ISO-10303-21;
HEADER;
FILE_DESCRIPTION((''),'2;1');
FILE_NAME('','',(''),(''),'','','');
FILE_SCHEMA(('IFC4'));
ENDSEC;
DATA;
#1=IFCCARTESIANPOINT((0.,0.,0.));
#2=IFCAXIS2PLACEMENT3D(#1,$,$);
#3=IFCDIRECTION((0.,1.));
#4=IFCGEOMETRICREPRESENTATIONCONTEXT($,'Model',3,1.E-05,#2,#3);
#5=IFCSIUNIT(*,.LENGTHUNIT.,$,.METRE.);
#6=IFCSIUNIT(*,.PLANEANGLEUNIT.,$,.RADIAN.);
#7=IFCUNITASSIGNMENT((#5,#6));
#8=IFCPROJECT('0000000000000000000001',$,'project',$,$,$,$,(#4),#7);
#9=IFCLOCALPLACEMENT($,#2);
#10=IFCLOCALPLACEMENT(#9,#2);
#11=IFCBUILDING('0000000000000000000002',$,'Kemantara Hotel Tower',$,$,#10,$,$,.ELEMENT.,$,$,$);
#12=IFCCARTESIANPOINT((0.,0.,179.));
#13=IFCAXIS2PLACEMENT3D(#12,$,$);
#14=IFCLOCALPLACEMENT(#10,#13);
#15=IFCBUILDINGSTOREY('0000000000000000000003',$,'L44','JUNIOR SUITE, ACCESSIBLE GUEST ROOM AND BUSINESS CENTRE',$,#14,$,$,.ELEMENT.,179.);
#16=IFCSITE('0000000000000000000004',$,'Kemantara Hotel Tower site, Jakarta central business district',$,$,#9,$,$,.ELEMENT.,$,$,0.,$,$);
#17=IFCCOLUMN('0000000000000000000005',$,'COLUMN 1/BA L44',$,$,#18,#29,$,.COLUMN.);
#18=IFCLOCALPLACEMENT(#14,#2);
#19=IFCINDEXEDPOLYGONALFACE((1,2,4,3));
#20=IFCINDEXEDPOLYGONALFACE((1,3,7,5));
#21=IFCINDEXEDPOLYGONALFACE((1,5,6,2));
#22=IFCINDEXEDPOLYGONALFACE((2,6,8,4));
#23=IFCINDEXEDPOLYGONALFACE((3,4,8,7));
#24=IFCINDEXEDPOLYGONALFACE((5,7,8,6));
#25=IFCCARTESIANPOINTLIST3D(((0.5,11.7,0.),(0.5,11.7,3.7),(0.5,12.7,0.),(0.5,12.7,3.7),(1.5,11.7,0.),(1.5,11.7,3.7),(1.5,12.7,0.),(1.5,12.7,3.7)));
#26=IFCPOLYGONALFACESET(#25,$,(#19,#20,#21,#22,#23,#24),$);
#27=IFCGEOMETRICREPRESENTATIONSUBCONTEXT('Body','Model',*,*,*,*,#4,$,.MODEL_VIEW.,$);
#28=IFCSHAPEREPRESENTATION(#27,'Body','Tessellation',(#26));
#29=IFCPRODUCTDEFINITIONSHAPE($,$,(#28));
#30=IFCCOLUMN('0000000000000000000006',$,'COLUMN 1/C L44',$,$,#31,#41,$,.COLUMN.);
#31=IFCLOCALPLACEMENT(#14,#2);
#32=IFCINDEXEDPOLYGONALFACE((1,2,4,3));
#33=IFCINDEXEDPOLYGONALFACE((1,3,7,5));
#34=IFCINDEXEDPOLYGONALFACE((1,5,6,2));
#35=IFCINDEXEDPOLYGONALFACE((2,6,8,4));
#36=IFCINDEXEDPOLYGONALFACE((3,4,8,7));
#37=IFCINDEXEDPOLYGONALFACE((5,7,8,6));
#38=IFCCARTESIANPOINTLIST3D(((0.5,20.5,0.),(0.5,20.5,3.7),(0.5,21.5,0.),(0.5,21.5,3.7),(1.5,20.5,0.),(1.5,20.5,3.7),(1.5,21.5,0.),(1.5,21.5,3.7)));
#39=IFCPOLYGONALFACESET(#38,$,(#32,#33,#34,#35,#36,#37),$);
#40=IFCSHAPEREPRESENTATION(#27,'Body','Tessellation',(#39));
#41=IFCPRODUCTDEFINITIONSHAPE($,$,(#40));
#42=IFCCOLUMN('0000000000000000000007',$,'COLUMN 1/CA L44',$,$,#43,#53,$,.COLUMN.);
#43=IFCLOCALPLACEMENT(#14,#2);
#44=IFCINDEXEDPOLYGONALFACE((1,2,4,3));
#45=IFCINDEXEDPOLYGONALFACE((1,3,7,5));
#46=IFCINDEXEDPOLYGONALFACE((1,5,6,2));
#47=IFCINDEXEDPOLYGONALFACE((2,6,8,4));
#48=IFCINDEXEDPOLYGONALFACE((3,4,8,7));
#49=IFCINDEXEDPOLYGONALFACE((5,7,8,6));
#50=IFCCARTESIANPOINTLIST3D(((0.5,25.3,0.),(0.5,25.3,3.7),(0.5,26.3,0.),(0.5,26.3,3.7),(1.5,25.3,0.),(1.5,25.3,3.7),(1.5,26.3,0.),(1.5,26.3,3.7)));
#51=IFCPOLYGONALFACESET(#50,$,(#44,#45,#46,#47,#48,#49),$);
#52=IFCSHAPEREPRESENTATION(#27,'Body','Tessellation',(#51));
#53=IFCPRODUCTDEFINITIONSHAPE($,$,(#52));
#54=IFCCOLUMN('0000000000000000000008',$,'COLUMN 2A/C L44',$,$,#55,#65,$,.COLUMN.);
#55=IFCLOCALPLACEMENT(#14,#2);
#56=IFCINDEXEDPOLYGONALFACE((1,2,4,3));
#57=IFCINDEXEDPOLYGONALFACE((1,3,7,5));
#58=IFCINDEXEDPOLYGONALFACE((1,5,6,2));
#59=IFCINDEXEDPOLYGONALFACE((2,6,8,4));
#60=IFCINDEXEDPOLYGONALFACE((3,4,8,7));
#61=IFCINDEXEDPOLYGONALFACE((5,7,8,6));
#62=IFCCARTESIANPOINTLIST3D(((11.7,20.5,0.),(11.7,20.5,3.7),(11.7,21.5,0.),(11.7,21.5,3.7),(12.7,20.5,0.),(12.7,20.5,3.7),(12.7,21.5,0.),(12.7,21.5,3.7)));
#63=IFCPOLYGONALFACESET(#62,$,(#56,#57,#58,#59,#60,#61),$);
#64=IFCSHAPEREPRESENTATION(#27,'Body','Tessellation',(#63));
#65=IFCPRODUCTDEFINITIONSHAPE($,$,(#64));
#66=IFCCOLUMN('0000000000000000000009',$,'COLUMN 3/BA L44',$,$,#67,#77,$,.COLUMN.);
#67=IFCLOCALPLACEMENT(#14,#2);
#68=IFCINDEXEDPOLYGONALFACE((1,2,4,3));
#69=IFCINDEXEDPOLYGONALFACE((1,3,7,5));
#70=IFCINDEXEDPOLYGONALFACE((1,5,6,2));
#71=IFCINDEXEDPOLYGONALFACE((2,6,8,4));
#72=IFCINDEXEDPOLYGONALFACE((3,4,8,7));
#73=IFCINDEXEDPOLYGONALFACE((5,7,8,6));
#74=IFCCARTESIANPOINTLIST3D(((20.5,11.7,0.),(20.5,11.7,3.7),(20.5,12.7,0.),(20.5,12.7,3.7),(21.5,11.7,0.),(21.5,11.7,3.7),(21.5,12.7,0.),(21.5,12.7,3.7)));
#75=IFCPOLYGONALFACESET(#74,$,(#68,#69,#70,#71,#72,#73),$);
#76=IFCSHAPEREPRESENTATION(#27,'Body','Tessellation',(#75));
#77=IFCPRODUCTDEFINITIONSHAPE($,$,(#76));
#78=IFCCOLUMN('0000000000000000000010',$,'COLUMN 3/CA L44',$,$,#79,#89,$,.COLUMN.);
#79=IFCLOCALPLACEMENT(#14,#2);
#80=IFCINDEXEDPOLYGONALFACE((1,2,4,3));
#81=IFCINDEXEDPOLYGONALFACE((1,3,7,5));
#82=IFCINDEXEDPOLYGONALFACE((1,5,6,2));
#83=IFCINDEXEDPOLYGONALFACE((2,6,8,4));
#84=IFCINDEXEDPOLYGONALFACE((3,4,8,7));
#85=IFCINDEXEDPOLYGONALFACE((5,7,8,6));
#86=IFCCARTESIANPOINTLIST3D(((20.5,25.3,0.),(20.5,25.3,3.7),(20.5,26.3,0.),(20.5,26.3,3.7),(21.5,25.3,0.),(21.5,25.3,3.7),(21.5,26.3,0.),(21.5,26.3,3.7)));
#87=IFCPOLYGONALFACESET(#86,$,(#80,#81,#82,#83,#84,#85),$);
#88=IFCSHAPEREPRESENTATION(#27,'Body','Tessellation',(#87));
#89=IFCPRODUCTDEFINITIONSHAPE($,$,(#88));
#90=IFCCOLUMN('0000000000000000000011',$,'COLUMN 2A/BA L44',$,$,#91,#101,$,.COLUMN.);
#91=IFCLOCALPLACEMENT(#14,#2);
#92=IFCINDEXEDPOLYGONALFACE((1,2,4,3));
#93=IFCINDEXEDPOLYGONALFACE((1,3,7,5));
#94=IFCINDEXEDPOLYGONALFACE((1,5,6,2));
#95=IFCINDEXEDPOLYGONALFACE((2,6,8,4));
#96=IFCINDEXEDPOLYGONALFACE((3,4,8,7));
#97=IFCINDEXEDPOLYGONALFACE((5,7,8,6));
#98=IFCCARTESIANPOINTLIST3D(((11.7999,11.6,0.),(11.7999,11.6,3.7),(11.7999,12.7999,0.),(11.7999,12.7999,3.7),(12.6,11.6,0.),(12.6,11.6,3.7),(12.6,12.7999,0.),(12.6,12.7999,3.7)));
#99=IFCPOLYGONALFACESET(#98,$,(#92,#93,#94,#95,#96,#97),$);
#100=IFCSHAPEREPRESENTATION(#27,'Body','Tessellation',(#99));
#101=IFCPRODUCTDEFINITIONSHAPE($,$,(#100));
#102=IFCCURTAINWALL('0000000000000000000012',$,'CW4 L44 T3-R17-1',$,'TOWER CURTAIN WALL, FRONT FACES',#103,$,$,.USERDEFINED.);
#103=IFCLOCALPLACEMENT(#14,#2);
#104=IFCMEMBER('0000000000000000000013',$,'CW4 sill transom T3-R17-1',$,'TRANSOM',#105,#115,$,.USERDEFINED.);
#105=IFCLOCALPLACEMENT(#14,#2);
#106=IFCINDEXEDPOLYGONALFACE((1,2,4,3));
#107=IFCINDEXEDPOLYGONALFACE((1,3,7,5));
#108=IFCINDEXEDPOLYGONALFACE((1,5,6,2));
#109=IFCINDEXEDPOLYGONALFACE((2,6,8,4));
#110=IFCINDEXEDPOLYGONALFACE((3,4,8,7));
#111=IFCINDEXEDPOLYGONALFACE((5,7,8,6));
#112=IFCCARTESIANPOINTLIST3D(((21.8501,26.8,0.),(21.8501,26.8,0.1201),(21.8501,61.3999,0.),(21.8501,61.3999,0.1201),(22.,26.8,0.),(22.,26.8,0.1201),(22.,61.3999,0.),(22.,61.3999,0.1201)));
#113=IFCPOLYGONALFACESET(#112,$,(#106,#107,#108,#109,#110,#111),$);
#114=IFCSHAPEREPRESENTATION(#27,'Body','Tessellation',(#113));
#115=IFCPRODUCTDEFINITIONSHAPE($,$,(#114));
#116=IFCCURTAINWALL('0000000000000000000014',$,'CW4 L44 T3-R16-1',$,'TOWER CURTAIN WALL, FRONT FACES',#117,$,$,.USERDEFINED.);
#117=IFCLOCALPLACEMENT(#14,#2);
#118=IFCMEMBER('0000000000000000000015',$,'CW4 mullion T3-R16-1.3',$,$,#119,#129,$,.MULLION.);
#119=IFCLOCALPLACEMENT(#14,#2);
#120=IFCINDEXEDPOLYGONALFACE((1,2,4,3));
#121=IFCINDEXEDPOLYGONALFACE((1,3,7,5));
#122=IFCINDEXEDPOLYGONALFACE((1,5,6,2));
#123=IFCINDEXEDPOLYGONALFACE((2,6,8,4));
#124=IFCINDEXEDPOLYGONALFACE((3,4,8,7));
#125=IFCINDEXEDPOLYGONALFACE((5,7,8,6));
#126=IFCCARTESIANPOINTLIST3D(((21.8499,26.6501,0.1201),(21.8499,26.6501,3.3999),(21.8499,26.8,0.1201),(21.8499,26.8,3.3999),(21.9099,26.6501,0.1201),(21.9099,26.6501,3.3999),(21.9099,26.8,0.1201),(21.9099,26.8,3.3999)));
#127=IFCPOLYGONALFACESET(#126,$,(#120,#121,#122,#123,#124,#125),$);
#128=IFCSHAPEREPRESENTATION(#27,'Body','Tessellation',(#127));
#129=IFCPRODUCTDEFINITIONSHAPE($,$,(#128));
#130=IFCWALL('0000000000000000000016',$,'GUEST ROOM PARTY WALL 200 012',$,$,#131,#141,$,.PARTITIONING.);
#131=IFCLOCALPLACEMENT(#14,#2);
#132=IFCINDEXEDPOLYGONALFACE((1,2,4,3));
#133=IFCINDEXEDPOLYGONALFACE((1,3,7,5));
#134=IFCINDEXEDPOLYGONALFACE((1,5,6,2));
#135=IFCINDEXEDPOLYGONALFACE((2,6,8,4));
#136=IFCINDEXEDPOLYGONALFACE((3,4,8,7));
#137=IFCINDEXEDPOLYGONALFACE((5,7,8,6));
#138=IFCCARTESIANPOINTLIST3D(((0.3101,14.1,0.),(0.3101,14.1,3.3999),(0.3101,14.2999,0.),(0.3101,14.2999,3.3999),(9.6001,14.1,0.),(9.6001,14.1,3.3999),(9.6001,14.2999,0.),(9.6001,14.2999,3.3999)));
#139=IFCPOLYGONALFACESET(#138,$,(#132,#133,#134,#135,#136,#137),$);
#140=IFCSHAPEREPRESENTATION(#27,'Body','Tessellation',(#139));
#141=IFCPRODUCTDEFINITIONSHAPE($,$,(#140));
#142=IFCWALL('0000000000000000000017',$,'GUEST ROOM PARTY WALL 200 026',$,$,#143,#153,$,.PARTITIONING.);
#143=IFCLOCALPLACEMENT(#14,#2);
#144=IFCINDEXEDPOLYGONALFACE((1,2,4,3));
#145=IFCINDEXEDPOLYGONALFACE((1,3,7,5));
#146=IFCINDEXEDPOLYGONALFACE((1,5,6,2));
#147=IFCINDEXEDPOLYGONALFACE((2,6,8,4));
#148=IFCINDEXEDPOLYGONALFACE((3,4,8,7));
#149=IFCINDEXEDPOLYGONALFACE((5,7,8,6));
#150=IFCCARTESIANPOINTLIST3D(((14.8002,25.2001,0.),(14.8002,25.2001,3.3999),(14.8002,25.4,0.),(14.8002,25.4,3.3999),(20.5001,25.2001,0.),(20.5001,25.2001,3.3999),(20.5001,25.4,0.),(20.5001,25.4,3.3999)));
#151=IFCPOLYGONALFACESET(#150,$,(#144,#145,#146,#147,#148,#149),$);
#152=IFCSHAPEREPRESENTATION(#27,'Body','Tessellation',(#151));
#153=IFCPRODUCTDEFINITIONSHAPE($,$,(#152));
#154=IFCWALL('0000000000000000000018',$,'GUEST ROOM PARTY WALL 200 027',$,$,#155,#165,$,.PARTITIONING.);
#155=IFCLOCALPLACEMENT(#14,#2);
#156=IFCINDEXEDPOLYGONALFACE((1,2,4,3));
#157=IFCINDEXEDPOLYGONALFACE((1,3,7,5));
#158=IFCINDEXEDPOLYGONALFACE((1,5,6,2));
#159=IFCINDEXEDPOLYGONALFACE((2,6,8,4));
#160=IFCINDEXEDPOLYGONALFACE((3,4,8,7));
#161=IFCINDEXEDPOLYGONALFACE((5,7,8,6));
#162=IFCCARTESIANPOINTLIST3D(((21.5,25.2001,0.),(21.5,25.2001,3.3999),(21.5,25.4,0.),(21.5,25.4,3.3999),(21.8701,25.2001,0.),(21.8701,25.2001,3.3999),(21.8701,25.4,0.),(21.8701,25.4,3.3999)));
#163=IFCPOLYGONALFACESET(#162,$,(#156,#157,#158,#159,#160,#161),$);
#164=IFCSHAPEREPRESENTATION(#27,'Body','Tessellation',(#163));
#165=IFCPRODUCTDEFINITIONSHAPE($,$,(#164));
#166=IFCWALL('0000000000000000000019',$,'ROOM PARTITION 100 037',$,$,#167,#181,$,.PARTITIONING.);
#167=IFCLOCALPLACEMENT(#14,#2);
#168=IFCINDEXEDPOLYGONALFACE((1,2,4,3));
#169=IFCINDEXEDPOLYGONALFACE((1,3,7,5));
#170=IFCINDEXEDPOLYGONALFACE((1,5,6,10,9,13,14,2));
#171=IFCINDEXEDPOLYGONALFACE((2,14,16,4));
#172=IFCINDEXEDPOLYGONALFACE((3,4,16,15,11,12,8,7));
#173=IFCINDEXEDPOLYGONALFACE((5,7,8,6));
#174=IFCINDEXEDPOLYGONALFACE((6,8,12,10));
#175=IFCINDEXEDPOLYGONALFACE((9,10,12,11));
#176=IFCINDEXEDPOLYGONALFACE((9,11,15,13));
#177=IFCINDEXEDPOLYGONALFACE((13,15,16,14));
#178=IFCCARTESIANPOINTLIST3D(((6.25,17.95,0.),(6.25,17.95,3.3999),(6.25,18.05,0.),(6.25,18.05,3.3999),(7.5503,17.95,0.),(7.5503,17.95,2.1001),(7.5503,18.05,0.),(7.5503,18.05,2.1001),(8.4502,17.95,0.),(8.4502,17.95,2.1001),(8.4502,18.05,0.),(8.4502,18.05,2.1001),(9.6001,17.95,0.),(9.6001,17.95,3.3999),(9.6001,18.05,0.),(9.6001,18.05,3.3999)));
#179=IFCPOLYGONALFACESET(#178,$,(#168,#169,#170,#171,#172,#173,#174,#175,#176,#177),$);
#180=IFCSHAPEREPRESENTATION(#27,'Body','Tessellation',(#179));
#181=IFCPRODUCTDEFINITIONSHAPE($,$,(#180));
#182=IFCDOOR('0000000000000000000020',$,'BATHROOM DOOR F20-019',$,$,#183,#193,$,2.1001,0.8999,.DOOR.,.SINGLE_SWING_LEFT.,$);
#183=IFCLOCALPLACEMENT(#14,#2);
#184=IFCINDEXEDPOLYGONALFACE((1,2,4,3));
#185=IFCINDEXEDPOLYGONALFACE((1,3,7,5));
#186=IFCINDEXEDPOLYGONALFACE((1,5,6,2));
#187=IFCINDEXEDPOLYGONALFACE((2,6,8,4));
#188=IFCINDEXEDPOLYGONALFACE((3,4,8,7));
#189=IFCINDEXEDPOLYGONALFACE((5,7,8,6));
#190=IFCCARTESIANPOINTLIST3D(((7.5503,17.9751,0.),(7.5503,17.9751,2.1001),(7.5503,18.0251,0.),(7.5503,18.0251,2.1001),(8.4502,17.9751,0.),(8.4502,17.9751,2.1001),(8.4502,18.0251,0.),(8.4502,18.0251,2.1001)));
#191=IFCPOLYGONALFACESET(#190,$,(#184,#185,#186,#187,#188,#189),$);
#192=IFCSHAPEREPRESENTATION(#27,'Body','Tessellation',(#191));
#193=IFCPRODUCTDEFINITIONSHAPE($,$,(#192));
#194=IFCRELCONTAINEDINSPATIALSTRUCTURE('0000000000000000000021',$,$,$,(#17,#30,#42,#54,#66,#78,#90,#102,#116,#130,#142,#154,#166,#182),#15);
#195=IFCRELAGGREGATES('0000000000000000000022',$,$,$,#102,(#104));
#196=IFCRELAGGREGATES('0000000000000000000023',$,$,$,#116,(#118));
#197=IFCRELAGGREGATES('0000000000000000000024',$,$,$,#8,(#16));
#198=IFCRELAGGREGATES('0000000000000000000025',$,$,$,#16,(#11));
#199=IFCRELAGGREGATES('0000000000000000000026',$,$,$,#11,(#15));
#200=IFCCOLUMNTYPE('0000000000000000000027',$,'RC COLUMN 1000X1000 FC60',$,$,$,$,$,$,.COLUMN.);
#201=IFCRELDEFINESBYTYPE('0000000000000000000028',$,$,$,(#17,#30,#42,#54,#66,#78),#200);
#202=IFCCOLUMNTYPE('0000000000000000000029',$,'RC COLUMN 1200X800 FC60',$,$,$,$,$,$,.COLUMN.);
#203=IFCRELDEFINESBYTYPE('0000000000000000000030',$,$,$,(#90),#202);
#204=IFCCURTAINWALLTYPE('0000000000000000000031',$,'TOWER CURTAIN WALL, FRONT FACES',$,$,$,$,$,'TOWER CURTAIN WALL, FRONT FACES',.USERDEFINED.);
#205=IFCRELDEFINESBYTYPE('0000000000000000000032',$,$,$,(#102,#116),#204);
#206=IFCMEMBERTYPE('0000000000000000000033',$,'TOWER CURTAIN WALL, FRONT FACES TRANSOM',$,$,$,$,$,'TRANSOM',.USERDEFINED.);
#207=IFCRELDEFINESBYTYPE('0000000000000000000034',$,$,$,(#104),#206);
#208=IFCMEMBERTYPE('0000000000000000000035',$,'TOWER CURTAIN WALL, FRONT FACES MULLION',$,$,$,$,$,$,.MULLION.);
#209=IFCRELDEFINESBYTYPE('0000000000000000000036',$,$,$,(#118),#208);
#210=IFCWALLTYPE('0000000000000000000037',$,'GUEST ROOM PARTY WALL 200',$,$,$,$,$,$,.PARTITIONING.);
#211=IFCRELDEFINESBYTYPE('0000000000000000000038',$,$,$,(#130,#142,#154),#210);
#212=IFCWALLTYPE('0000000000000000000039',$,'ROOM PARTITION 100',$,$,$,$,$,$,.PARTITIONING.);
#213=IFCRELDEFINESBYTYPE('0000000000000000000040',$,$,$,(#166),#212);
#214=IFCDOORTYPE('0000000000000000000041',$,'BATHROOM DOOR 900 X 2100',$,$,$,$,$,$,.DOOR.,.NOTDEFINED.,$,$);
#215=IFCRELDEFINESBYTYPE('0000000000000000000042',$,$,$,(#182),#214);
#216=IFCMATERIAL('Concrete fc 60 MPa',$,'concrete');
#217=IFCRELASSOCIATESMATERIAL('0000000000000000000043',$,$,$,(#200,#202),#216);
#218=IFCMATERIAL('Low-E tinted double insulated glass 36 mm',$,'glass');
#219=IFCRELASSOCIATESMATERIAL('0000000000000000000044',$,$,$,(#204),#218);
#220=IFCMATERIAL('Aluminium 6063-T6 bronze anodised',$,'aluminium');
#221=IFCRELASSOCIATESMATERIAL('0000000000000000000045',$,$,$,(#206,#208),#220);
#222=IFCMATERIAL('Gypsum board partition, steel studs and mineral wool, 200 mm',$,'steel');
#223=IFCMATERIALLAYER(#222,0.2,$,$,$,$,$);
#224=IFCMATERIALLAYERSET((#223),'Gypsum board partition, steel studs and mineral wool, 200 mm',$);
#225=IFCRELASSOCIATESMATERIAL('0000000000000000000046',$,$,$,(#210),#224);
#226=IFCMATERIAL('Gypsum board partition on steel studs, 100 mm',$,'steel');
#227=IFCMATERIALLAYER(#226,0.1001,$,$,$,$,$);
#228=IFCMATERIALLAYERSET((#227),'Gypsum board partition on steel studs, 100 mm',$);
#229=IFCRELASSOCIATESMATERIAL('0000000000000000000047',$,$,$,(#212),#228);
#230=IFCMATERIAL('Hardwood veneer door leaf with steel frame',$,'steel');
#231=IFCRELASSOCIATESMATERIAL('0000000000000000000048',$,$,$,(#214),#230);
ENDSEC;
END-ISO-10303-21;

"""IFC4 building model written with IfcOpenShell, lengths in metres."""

from ifc_helpers import new_model, si_unit, direction, frame, frame_2d, origin, origin_2d, place, context, subcontext, project, spatial, rectangle, extrude, source, transform, mapped, material, layer, layer_set, material_profile, profile_set, type_object, element, fill, aggregate, save


model = new_model("IFC4")

# Units and contexts
model_context = context("Model", 3, precision=1e-05, world=origin(), true_north=direction((0.0, 1.0)))
body_context = subcontext(model_context, "Body", "Model", "MODEL_VIEW")
ifc_project = project(units=[si_unit("LENGTHUNIT", "METRE"), si_unit("PLANEANGLEUNIT", "RADIAN")], contexts=[model_context])

# Site, building, storey
site_placement = place(None, origin())
site = spatial("IfcSite", under=ifc_project, at=site_placement, Name="Kemantara Hotel Tower site, Jakarta central business district", CompositionType="ELEMENT", RefElevation=0.0)
building_placement = place(site_placement, origin())
building = spatial("IfcBuilding", under=site, at=building_placement, Name="Kemantara Hotel Tower", CompositionType="ELEMENT")
storey_placement = place(building_placement, frame((0.0, 0.0, 179.0)))
storey = spatial("IfcBuildingStorey", under=building, at=storey_placement, Name="L44", Description="JUNIOR SUITE, ACCESSIBLE GUEST ROOM AND BUSINESS CENTRE", CompositionType="ELEMENT", Elevation=179.0)

# Columns
ifc_material_1 = material(Name="Concrete fc 60 MPa", Category="concrete")
ifc_material_profile_1 = material_profile(ifc_material_1, rectangle(XDim=1.0, YDim=1.0, at=origin_2d()), Name="RC 1000X1000")
ifc_profile_set_1 = profile_set([ifc_material_profile_1], Name="Concrete fc 60 MPa")
column_type_1 = type_object("IfcColumnType", Name="RC COLUMN 1000X1000 FC60", PredefinedType="COLUMN", material=ifc_profile_set_1)
for number, where, z_axis, x_axis, name in (
    (1, (1.0, 12.2, 0.0), (0.0, 0.0, 1.0), (1.0, 0.0, 0.0), "COLUMN 1/BA L44"),
    (2, (1.0, 21.0, 0.0), (0.0, 0.0, 1.0), (1.0, 0.0, 0.0), "COLUMN 1/C L44"),
    (3, (1.0, 25.8, 0.0), (0.0, 0.0, 1.0), (1.0, 0.0, 0.0), "COLUMN 1/CA L44"),
    (4, (12.2, 21.0, 0.0), (0.0, 0.0, 1.0), (1.0, 0.0, 0.0), "COLUMN 2A/C L44"),
    (5, (21.0, 12.2, 0.0), (0.0, 0.0, 1.0), (1.0, 0.0, 0.0), "COLUMN 3/BA L44"),
    (6, (21.0, 25.8, 0.0), (0.0, 0.0, 1.0), (1.0, 0.0, 0.0), "COLUMN 3/CA L44"),
):
    element("IfcColumn", number, at=place(storey_placement, frame(where, z_axis=z_axis, x_axis=x_axis)), inside=storey, type_object=column_type_1, Name=name, PredefinedType="COLUMN", context=body_context, shape_type="SweptSolid", body=[
        extrude(rectangle(XDim=1.0, YDim=1.0, at=origin_2d()), origin(), (0.0, 0.0, 1.0), 3.7),
    ])
ifc_material_profile_2 = material_profile(ifc_material_1, rectangle(XDim=1.2, YDim=0.8, at=origin_2d()), Name="RC 1200X800")
ifc_profile_set_2 = profile_set([ifc_material_profile_2], Name="Concrete fc 60 MPa")
column_type_2 = type_object("IfcColumnType", Name="RC COLUMN 1200X800 FC60", PredefinedType="COLUMN", material=ifc_profile_set_2)
column_placement = place(storey_placement, frame((12.2, 12.2, 0.0), z_axis=(0.0, 0.0, 1.0), x_axis=(0.0, 1.0, 0.0)))
element("IfcColumn", 7, at=column_placement, inside=storey, type_object=column_type_2, Name="COLUMN 2A/BA L44", PredefinedType="COLUMN", context=body_context, shape_type="SweptSolid", body=[
    extrude(rectangle(XDim=1.2, YDim=0.8, at=origin_2d()), origin(), (0.0, 0.0, 1.0), 3.7),
])

# Curtain walls, members
ifc_material_2 = material(Name="Low-E tinted double insulated glass 36 mm", Category="glass")
curtain_wall_type = type_object("IfcCurtainWallType", Name="TOWER CURTAIN WALL, FRONT FACES", ElementType="TOWER CURTAIN WALL, FRONT FACES", PredefinedType="USERDEFINED", material=ifc_material_2)
curtain_wall_1_placement = place(storey_placement, origin())
curtain_wall_1 = element("IfcCurtainWall", 8, at=curtain_wall_1_placement, inside=storey, type_object=curtain_wall_type, Name="CW4 L44 T3-R17-1", ObjectType="TOWER CURTAIN WALL, FRONT FACES", PredefinedType="USERDEFINED")
ifc_material_3 = material(Name="Aluminium 6063-T6 bronze anodised", Category="aluminium")
ifc_material_profile_3 = material_profile(ifc_material_3, rectangle(XDim=0.1499, YDim=0.1201, at=origin_2d()), Name="TOWER CURTAIN WALL, FRONT FACES TRANSOM")
ifc_profile_set_3 = profile_set([ifc_material_profile_3], Name="Aluminium 6063-T6 bronze anodised")
member_type_1 = type_object("IfcMemberType", Name="TOWER CURTAIN WALL, FRONT FACES TRANSOM", ElementType="TRANSOM", PredefinedType="USERDEFINED", material=ifc_profile_set_3)
member_1_placement = place(storey_placement, frame((21.925, 26.8, 0.0601), z_axis=(0.0, 1.0, 0.0), x_axis=(-1.0, 0.0, 0.0)))
member_1 = element("IfcMember", 9, at=member_1_placement, type_object=member_type_1, Name="CW4 sill transom T3-R17-1", ObjectType="TRANSOM", PredefinedType="USERDEFINED", context=body_context, shape_type="SweptSolid", body=[
    extrude(rectangle(XDim=0.1499, YDim=0.1201, at=origin_2d()), origin(), (0.0, 0.0, 1.0), 34.5999),
])
aggregate(curtain_wall_1, [member_1])
curtain_wall_2_placement = place(storey_placement, origin())
curtain_wall_2 = element("IfcCurtainWall", 10, at=curtain_wall_2_placement, inside=storey, type_object=curtain_wall_type, Name="CW4 L44 T3-R16-1", ObjectType="TOWER CURTAIN WALL, FRONT FACES", PredefinedType="USERDEFINED")
ifc_material_profile_4 = material_profile(ifc_material_3, rectangle(XDim=0.1499, YDim=0.0601, at=origin_2d()), Name="TOWER CURTAIN WALL, FRONT FACES MULLION")
ifc_profile_set_4 = profile_set([ifc_material_profile_4], Name="Aluminium 6063-T6 bronze anodised")
member_type_2 = type_object("IfcMemberType", Name="TOWER CURTAIN WALL, FRONT FACES MULLION", PredefinedType="MULLION", material=ifc_profile_set_4)
shared_shape_1 = source(origin(), body_context, "Body", "SweptSolid", [
    extrude(rectangle(XDim=0.1499, YDim=0.0601, at=origin_2d()), origin(), (0.0, 0.0, 1.0), 3.2798),
])
member_2_placement = place(storey_placement, frame((21.8799, 26.7251, 0.1201), z_axis=(0.0, 0.0, 1.0), x_axis=(0.0, -1.0, 0.0)))
member_2 = element("IfcMember", 11, at=member_2_placement, type_object=member_type_2, Name="CW4 mullion T3-R16-1.3", PredefinedType="MULLION", context=body_context, shape_type="MappedRepresentation", body=[
    mapped(shared_shape_1, transform((0.0, 0.0, 0.0))),
])
aggregate(curtain_wall_2, [member_2])

# Walls
ifc_material_4 = material(Name="Gypsum board partition, steel studs and mineral wool, 200 mm", Category="steel")
ifc_layer_1 = layer(ifc_material_4, 0.2)
ifc_layer_set_1 = layer_set([ifc_layer_1], Name="Gypsum board partition, steel studs and mineral wool, 200 mm")
wall_type_1 = type_object("IfcWallType", Name="GUEST ROOM PARTY WALL 200", PredefinedType="PARTITIONING", material=ifc_layer_set_1)
wall_1_placement = place(storey_placement, frame((0.3101, 14.2, 0.0), z_axis=(0.0, 0.0, 1.0), x_axis=(1.0, 0.0, 0.0)))
element("IfcWall", 12, at=wall_1_placement, inside=storey, type_object=wall_type_1, Name="GUEST ROOM PARTY WALL 200 012", PredefinedType="PARTITIONING", context=body_context, shape_type="SweptSolid", body=[
    extrude(rectangle(XDim=9.29, YDim=0.2, at=frame_2d((4.645, 0.0))), origin(), (0.0, 0.0, 1.0), 3.3999),
])
wall_2_placement = place(storey_placement, frame((14.8, 25.3, 0.0), z_axis=(0.0, 0.0, 1.0), x_axis=(1.0, 0.0, 0.0)))
element("IfcWall", 13, at=wall_2_placement, inside=storey, type_object=wall_type_1, Name="GUEST ROOM PARTY WALL 200 026", PredefinedType="PARTITIONING", context=body_context, shape_type="SweptSolid", body=[
    extrude(rectangle(XDim=5.7, YDim=0.2, at=frame_2d((2.8501, 0.0))), origin(), (0.0, 0.0, 1.0), 3.3999),
])
wall_3_placement = place(storey_placement, frame((21.5, 25.3, 0.0), z_axis=(0.0, 0.0, 1.0), x_axis=(1.0, 0.0, 0.0)))
element("IfcWall", 14, at=wall_3_placement, inside=storey, type_object=wall_type_1, Name="GUEST ROOM PARTY WALL 200 027", PredefinedType="PARTITIONING", context=body_context, shape_type="SweptSolid", body=[
    extrude(rectangle(XDim=0.3701, YDim=0.2, at=frame_2d((0.1851, 0.0))), origin(), (0.0, 0.0, 1.0), 3.3999),
])

# Wall, opening, door
ifc_material_5 = material(Name="Gypsum board partition on steel studs, 100 mm", Category="steel")
ifc_layer_2 = layer(ifc_material_5, 0.1001)
ifc_layer_set_2 = layer_set([ifc_layer_2], Name="Gypsum board partition on steel studs, 100 mm")
wall_type_2 = type_object("IfcWallType", Name="ROOM PARTITION 100", PredefinedType="PARTITIONING", material=ifc_layer_set_2)
wall_4_placement = place(storey_placement, frame((9.6001, 18.0, 0.0), z_axis=(0.0, 0.0, 1.0), x_axis=(-1.0, 0.0, 0.0)))
wall_4 = element("IfcWall", 15, at=wall_4_placement, inside=storey, type_object=wall_type_2, Name="ROOM PARTITION 100 037", PredefinedType="PARTITIONING", context=body_context, shape_type="SweptSolid", body=[
    extrude(rectangle(XDim=3.3501, YDim=0.1001, at=frame_2d((1.675, 0.0))), origin(), (0.0, 0.0, 1.0), 3.3999),
])
opening_placement = place(wall_4_placement, frame((1.1499, 0.0, 0.0)))
opening = element("IfcOpeningElement", 16, at=opening_placement, cuts=wall_4, PredefinedType="OPENING", context=body_context, shape_type="SweptSolid", body=[
    extrude(rectangle(XDim=0.8999, YDim=2.1001, at=frame_2d((0.45, 1.05))), frame((0.0, 0.0601, 0.0), z_axis=(0.0, -1.0, 0.0), x_axis=(1.0, 0.0, 0.0)), (0.0, 0.0, 1.0), 0.1201),
])
ifc_material_6 = material(Name="Hardwood veneer door leaf with steel frame", Category="steel")
door_type = type_object("IfcDoorType", Name="BATHROOM DOOR 900 X 2100", OperationType="NOTDEFINED", PredefinedType="DOOR", material=ifc_material_6)
door_placement = place(opening_placement, origin())
door = element("IfcDoor", 17, at=door_placement, inside=storey, type_object=door_type, Name="BATHROOM DOOR F20-019", OperationType="SINGLE_SWING_LEFT", OverallHeight=2.1001, OverallWidth=0.8999, PredefinedType="DOOR", context=body_context, shape_type="SweptSolid", body=[
    extrude(rectangle(XDim=0.8999, YDim=2.1001, at=frame_2d((0.45, 1.05))), frame((0.0, 0.0249, 0.0), z_axis=(0.0, -1.0, 0.0), x_axis=(1.0, 0.0, 0.0)), (0.0, 0.0, 1.0), 0.05),
])
fill(opening, door)

save(model, "model.ifc")
